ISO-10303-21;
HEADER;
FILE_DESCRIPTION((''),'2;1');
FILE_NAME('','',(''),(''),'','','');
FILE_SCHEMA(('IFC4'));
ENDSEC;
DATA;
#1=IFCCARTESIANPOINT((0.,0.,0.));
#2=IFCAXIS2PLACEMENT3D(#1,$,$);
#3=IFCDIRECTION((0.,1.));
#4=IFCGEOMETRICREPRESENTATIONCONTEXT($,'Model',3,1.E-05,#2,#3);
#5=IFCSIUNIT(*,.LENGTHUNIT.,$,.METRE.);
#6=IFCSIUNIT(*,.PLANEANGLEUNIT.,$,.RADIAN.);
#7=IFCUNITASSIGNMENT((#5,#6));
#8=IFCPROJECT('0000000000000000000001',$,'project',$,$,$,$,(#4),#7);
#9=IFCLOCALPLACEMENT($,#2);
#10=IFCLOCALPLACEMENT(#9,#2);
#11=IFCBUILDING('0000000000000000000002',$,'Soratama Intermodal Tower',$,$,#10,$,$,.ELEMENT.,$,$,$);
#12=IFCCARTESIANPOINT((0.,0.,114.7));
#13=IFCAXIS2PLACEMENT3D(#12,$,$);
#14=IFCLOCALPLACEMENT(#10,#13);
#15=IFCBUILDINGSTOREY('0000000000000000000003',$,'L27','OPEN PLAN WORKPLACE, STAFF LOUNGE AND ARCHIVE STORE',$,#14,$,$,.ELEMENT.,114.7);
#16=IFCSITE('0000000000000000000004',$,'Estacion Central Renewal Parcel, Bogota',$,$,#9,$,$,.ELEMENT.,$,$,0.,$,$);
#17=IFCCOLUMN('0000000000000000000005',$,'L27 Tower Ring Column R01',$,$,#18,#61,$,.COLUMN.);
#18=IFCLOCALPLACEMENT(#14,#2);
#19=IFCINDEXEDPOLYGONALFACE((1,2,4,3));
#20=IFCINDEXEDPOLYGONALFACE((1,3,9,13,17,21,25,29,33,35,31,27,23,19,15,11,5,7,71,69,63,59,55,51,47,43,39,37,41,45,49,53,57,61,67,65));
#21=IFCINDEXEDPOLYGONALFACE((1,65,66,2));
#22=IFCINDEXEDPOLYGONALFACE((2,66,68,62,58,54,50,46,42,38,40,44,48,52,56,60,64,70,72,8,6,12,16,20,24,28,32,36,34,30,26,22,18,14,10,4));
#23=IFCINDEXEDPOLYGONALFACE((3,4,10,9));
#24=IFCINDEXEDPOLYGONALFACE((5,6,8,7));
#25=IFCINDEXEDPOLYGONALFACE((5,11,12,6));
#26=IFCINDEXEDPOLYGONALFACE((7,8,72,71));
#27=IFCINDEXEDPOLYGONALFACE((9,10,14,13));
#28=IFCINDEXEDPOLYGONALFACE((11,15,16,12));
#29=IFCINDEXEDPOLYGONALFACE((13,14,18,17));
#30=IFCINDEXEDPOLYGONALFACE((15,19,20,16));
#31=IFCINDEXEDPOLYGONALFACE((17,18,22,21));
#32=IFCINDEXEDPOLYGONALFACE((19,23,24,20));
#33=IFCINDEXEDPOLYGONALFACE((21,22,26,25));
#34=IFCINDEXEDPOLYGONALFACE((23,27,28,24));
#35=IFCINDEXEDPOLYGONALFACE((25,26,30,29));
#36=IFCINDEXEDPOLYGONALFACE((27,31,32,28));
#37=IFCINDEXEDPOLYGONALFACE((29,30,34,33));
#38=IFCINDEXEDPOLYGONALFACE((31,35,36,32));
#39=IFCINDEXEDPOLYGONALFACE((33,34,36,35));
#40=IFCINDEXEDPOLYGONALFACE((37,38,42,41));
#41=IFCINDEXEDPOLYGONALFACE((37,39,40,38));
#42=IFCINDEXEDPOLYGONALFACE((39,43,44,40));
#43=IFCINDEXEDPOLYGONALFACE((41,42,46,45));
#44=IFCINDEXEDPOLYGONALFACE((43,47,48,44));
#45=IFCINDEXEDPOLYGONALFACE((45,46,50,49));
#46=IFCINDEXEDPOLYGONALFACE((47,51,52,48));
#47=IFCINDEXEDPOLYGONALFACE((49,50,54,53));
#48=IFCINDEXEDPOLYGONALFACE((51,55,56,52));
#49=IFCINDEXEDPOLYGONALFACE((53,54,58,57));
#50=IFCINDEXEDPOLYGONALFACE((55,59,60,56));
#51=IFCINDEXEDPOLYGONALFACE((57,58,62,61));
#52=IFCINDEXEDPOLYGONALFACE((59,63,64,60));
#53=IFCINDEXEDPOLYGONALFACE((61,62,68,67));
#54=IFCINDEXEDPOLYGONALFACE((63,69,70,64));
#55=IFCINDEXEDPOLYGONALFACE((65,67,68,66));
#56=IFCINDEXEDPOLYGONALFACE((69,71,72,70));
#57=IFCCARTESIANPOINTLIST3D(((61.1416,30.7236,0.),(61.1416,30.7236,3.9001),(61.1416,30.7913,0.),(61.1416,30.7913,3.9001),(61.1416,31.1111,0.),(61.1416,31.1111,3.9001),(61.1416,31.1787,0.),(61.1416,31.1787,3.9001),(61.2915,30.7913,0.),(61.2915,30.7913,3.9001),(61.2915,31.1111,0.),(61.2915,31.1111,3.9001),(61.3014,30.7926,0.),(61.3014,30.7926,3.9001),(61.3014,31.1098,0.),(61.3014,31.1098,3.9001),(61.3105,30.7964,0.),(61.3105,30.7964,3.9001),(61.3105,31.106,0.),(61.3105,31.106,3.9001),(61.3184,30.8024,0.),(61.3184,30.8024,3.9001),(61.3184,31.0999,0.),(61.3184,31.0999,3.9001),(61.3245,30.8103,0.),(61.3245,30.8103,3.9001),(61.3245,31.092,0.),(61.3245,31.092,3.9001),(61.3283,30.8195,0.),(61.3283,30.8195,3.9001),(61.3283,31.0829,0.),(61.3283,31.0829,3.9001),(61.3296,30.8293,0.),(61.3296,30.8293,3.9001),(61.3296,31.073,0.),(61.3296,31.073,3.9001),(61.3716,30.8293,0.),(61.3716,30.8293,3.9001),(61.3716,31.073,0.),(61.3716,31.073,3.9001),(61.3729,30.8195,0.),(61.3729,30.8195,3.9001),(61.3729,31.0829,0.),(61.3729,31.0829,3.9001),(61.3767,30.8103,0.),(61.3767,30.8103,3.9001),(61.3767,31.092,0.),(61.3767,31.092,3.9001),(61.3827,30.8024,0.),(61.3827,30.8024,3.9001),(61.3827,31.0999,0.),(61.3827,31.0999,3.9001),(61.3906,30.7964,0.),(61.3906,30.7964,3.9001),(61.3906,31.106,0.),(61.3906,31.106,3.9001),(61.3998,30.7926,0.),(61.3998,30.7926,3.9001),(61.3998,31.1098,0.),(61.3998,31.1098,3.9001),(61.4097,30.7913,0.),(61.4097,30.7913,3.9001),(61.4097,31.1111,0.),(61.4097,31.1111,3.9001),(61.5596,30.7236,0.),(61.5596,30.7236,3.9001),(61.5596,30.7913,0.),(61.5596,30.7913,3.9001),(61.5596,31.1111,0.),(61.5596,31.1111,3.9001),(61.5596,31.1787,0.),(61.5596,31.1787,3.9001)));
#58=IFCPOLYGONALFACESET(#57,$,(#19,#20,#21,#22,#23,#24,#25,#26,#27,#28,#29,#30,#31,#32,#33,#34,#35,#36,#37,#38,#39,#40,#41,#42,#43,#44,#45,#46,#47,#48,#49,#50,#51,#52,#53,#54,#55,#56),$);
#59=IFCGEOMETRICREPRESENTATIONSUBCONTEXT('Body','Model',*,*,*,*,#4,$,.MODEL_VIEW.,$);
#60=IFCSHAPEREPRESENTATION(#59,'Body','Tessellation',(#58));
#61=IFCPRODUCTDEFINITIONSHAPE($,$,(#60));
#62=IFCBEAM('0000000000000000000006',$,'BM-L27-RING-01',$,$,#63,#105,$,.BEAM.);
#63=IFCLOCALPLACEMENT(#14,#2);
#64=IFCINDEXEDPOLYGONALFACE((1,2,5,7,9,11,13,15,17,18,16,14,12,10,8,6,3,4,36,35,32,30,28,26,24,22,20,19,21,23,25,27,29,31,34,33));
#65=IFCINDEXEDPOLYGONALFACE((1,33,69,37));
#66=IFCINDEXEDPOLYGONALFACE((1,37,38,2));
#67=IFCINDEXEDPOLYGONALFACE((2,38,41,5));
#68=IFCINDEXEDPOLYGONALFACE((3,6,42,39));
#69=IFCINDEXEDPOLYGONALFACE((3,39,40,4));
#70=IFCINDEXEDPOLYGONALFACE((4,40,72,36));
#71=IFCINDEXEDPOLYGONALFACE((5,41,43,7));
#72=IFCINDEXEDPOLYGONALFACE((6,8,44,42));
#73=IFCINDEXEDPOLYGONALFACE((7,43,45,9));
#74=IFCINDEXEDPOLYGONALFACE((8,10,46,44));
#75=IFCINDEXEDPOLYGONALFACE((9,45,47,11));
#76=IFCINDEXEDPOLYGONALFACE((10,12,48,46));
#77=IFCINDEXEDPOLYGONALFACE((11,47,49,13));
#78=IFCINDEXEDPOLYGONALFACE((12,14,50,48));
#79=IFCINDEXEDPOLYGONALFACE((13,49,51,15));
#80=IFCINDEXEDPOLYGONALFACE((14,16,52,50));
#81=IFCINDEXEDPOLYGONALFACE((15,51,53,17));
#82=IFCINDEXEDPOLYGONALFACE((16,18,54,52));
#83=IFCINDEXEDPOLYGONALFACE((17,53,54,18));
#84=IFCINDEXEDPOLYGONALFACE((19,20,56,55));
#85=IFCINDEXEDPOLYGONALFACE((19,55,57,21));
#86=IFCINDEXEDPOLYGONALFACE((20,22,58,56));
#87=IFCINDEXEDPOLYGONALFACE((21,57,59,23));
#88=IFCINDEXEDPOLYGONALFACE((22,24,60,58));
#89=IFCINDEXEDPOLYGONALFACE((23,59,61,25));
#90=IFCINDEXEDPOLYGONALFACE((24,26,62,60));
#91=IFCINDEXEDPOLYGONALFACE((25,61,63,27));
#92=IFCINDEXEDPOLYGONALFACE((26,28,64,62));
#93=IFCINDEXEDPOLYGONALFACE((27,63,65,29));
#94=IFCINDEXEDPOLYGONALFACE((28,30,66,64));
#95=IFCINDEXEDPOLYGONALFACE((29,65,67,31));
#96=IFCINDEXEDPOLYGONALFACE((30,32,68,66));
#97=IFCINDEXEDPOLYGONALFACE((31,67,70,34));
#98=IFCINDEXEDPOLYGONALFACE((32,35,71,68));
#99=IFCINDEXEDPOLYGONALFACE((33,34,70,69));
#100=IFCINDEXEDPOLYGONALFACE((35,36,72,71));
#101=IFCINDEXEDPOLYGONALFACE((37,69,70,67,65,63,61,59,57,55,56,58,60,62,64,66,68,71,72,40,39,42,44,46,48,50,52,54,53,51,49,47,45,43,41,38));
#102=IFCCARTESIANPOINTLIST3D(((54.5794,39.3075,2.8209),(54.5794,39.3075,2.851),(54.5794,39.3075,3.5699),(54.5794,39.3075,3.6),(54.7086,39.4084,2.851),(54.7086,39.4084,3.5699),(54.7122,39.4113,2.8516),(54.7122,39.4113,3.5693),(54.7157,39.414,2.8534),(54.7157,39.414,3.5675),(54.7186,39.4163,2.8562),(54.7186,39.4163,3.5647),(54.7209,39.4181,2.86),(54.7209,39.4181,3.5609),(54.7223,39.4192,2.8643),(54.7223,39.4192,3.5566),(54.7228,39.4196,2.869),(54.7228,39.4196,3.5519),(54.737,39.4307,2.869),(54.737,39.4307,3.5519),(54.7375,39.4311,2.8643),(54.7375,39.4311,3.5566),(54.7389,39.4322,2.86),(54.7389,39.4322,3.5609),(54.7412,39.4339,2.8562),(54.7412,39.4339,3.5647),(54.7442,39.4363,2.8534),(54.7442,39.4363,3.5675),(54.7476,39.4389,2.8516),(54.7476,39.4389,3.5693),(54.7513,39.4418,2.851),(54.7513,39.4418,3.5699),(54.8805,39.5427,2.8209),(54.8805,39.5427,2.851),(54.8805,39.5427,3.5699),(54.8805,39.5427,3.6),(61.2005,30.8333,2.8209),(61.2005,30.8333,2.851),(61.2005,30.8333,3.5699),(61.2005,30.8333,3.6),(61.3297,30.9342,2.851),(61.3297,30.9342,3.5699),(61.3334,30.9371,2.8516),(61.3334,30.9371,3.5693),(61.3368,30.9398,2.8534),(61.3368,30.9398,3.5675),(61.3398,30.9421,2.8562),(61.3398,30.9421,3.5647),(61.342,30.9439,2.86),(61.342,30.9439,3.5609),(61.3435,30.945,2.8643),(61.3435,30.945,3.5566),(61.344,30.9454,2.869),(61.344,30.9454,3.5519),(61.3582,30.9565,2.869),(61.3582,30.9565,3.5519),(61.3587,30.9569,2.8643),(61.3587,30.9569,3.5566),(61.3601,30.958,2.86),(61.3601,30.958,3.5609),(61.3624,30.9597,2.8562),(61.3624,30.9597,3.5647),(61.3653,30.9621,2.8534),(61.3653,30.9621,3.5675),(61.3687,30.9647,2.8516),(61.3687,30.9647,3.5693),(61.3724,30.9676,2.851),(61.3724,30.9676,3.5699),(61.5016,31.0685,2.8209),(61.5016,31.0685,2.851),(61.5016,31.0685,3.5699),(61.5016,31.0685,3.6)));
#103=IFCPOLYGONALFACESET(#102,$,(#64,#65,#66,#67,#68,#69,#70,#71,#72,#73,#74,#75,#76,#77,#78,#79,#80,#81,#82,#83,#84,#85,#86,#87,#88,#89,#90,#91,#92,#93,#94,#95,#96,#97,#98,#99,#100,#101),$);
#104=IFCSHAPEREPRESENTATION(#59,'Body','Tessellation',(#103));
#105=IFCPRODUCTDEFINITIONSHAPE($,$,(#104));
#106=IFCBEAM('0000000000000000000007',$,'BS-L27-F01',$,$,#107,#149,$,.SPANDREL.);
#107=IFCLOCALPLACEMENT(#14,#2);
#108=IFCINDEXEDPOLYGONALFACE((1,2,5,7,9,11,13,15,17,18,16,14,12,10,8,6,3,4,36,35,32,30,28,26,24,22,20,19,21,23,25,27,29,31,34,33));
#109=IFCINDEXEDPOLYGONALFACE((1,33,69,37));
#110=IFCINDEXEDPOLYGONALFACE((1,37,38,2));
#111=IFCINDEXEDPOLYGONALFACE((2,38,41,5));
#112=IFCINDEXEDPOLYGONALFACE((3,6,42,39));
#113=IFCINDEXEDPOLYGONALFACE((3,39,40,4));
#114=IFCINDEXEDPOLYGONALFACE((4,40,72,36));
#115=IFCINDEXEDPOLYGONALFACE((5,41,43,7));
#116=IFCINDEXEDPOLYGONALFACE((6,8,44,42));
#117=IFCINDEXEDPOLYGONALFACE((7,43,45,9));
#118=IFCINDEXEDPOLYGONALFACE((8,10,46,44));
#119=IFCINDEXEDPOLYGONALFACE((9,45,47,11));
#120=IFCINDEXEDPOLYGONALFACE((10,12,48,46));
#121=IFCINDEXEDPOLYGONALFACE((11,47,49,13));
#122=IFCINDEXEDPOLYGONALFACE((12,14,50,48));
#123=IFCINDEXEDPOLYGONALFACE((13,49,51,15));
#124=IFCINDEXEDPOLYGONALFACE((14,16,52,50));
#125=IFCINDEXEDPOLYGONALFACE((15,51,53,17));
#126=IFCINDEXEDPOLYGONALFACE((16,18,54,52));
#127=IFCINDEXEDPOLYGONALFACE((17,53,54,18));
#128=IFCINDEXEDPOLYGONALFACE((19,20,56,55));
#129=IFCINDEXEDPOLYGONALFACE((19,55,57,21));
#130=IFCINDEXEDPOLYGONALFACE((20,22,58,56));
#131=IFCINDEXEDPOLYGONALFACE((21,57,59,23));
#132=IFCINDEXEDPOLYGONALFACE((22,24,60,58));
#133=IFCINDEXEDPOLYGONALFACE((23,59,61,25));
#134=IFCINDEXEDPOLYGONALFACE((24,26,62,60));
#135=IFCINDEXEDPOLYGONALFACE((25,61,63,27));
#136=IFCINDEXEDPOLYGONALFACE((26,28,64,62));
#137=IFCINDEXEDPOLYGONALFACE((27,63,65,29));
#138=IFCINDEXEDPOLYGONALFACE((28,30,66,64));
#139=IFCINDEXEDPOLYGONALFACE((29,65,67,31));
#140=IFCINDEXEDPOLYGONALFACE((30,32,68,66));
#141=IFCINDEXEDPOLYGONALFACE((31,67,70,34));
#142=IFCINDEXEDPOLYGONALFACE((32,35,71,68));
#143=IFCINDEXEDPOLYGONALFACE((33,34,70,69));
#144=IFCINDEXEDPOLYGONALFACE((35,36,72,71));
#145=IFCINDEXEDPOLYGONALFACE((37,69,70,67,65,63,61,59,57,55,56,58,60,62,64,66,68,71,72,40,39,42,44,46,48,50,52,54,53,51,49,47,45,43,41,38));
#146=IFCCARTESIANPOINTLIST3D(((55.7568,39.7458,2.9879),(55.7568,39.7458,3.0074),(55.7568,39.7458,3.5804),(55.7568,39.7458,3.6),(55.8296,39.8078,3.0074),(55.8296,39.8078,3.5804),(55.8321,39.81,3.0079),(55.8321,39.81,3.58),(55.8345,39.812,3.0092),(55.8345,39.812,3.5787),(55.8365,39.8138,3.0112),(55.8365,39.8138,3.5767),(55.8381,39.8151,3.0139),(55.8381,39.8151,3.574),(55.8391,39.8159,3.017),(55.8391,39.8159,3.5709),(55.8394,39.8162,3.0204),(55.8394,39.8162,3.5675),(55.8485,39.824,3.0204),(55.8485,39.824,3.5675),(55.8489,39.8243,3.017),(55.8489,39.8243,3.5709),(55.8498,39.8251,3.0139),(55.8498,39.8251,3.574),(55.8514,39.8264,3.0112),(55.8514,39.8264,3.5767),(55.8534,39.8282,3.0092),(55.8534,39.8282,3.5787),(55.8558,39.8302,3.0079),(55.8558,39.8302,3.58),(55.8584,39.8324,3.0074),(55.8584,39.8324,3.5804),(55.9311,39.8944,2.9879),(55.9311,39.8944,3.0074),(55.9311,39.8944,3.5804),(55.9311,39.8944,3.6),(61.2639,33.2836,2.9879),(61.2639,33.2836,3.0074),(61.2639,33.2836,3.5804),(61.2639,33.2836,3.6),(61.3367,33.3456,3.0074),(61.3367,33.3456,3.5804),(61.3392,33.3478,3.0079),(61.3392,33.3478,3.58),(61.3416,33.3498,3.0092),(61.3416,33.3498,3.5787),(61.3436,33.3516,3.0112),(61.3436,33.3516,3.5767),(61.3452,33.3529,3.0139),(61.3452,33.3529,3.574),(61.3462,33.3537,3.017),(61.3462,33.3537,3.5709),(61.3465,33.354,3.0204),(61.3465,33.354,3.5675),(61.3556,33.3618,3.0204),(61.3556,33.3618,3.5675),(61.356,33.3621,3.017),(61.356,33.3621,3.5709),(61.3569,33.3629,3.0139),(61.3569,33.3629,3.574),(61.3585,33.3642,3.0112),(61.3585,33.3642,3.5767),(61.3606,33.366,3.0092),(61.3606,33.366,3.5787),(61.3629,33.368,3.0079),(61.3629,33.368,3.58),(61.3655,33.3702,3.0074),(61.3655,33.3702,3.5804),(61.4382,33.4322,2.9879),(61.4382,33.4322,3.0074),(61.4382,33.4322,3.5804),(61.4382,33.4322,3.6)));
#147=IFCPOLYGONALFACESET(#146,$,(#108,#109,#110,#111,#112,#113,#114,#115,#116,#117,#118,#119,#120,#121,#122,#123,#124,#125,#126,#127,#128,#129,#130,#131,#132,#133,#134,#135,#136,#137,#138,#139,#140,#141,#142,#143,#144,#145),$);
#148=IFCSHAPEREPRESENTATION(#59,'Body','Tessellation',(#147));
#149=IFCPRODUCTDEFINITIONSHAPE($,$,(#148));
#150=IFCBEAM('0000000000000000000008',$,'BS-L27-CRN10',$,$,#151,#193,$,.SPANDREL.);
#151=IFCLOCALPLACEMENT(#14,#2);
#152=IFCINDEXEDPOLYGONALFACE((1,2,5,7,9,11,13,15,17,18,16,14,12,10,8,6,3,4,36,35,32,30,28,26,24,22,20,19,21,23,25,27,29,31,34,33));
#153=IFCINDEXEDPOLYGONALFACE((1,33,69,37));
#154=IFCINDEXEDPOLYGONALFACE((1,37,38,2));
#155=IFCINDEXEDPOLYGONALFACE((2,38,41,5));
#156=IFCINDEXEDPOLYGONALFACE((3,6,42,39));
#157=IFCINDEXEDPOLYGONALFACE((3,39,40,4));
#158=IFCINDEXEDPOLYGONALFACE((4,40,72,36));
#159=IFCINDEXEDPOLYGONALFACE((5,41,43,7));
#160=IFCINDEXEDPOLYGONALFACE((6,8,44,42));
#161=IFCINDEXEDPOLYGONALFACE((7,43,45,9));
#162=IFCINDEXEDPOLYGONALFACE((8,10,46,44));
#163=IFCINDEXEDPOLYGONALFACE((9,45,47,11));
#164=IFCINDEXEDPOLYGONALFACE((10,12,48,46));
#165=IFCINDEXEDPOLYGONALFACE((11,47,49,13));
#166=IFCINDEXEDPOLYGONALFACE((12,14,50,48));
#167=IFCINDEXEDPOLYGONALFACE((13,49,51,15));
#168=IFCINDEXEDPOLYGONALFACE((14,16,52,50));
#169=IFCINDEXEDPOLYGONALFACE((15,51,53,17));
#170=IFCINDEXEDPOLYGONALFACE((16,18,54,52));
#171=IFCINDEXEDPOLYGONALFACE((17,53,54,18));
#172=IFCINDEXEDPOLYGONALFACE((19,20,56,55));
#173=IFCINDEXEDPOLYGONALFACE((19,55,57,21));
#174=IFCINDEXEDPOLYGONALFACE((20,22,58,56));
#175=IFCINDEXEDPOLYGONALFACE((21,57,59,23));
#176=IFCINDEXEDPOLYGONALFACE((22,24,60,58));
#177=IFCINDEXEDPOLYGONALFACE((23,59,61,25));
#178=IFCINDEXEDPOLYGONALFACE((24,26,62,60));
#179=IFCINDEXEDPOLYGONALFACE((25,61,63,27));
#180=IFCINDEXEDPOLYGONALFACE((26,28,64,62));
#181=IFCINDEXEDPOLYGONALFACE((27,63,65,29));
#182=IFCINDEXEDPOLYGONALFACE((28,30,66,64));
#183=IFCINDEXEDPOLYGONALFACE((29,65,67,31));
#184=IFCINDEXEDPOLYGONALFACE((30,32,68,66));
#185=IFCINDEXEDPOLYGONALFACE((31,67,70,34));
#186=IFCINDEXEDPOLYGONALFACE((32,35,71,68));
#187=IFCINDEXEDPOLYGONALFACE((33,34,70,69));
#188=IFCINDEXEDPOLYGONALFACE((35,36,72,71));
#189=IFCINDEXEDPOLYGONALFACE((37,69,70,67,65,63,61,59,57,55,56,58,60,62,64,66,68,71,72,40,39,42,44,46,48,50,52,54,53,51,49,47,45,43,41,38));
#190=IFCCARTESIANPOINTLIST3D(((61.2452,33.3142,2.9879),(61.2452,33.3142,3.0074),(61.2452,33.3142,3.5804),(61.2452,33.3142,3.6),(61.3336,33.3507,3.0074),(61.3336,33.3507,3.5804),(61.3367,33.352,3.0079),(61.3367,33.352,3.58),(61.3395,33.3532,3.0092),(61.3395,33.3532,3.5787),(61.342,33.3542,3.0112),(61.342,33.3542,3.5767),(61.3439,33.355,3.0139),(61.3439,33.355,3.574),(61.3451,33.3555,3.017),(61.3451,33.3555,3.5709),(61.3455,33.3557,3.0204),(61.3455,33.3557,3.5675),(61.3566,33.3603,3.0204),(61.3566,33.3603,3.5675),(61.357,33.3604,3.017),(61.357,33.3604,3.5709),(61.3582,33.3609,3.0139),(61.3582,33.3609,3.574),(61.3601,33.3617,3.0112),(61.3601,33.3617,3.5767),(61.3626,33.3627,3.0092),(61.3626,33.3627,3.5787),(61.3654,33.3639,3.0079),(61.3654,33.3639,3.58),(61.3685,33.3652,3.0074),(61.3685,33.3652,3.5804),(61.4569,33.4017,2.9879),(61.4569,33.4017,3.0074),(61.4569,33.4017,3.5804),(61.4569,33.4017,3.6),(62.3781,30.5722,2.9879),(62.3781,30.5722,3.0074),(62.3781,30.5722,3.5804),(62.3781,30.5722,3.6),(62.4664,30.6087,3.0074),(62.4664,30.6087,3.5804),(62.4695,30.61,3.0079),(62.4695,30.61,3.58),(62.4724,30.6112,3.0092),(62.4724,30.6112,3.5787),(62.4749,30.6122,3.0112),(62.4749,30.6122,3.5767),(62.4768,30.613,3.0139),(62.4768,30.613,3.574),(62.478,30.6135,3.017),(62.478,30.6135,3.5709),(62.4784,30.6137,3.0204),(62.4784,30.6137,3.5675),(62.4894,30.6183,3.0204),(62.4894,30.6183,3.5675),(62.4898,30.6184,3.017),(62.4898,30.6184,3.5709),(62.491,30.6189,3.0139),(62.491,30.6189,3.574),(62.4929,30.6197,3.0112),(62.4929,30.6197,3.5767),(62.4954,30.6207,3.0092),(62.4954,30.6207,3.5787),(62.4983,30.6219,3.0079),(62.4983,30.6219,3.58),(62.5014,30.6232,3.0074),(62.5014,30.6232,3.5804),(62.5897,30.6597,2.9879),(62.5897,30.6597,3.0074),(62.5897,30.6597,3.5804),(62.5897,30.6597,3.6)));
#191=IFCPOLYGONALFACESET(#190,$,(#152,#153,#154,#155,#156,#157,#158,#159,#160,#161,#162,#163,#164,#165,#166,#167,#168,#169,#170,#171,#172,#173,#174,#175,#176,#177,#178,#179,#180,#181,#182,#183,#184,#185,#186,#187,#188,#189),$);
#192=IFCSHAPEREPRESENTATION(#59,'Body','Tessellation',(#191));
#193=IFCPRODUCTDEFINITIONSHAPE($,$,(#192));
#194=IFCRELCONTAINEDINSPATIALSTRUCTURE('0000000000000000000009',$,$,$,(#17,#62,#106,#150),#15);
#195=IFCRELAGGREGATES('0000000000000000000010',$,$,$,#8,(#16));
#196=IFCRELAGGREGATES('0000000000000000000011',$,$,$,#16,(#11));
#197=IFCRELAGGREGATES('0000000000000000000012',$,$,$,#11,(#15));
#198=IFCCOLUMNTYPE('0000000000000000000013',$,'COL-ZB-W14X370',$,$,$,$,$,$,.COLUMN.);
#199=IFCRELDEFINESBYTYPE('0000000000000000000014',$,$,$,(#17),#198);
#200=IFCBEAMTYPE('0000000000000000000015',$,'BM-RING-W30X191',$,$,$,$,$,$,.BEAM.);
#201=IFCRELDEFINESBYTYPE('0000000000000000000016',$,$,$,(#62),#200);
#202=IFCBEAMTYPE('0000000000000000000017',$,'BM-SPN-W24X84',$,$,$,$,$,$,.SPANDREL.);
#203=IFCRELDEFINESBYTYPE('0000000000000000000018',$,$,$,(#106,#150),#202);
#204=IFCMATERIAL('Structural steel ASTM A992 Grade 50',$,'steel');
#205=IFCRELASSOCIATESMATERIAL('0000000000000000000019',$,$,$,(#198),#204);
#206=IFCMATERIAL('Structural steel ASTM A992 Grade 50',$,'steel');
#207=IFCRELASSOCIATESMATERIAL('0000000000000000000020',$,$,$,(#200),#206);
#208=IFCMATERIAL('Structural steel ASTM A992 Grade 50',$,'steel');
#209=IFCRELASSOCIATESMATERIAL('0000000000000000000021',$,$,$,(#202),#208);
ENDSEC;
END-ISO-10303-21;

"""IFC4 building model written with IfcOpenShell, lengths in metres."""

from ifc_helpers import new_model, si_unit, direction, frame, origin, origin_2d, place, context, subcontext, project, spatial, i_section, extrude, material, material_profile, profile_set, type_object, element, save


model = new_model("IFC4")

# Units and contexts
model_context = context("Model", 3, precision=1e-05, world=origin(), true_north=direction((0.0, 1.0)))
body_context = subcontext(model_context, "Body", "Model", "MODEL_VIEW")
ifc_project = project(units=[si_unit("LENGTHUNIT", "METRE"), si_unit("PLANEANGLEUNIT", "RADIAN")], contexts=[model_context])

# Site, building, storey
site_placement = place(None, origin())
site = spatial("IfcSite", under=ifc_project, at=site_placement, Name="Estacion Central Renewal Parcel, Bogota", CompositionType="ELEMENT", RefElevation=0.0)
building_placement = place(site_placement, origin())
building = spatial("IfcBuilding", under=site, at=building_placement, Name="Soratama Intermodal Tower", CompositionType="ELEMENT")
storey_placement = place(building_placement, frame((0.0, 0.0, 114.7)))
storey = spatial("IfcBuildingStorey", under=building, at=storey_placement, Name="L27", Description="OPEN PLAN WORKPLACE, STAFF LOUNGE AND ARCHIVE STORE", CompositionType="ELEMENT", Elevation=114.7)

# Column
ifc_material_1 = material(Name="Structural steel ASTM A992 Grade 50", Category="steel")
ifc_material_profile_1 = material_profile(ifc_material_1, i_section(OverallWidth=0.418, OverallDepth=0.4551, WebThickness=0.042, FlangeThickness=0.0676, FilletRadius=0.0381, at=origin_2d()), Name="W14X370")
ifc_profile_set_1 = profile_set([ifc_material_profile_1], Name="Structural steel ASTM A992 Grade 50")
column_type = type_object("IfcColumnType", Name="COL-ZB-W14X370", PredefinedType="COLUMN", material=ifc_profile_set_1)
column_placement = place(storey_placement, frame((61.3506, 30.9512, 0.0), z_axis=(0.0, 0.0, 1.0), x_axis=(1.0, 0.0, 0.0)))
element("IfcColumn", 1, at=column_placement, inside=storey, type_object=column_type, Name="L27 Tower Ring Column R01", PredefinedType="COLUMN", context=body_context, shape_type="SweptSolid", body=[
    extrude(i_section(OverallWidth=0.418, OverallDepth=0.4551, WebThickness=0.042, FlangeThickness=0.0676, FilletRadius=0.0381, at=origin_2d()), origin(), (0.0, 0.0, 1.0), 3.9001),
])

# Beams
ifc_material_2 = material(Name="Structural steel ASTM A992 Grade 50", Category="steel")
ifc_material_profile_2 = material_profile(ifc_material_2, i_section(OverallWidth=0.3821, OverallDepth=0.7791, WebThickness=0.0181, FlangeThickness=0.03, FilletRadius=0.0181, at=origin_2d()), Name="W30X191")
ifc_profile_set_2 = profile_set([ifc_material_profile_2], Name="Structural steel ASTM A992 Grade 50")
beam_type_1 = type_object("IfcBeamType", Name="BM-RING-W30X191", PredefinedType="BEAM", material=ifc_profile_set_2)
beam_1_placement = place(storey_placement, frame((61.3511, 30.9509, 3.2104), z_axis=(-0.615684, 0.787993, 0.0), x_axis=(-0.787993, -0.615684, 0.0)))
element("IfcBeam", 2, at=beam_1_placement, inside=storey, type_object=beam_type_1, Name="BM-L27-RING-01", PredefinedType="BEAM", context=body_context, shape_type="SweptSolid", body=[
    extrude(i_section(OverallWidth=0.3821, OverallDepth=0.7791, WebThickness=0.0181, FlangeThickness=0.03, FilletRadius=0.0181, at=origin_2d()), origin(), (0.0, 0.0, 1.0), 10.7542),
])
ifc_material_3 = material(Name="Structural steel ASTM A992 Grade 50", Category="steel")
ifc_material_profile_3 = material_profile(ifc_material_3, i_section(OverallWidth=0.229, OverallDepth=0.6121, WebThickness=0.012, FlangeThickness=0.0195, FilletRadius=0.0129, at=origin_2d()), Name="W24X84")
ifc_profile_set_3 = profile_set([ifc_material_profile_3], Name="Structural steel ASTM A992 Grade 50")
beam_type_2 = type_object("IfcBeamType", Name="BM-SPN-W24X84", PredefinedType="SPANDREL", material=ifc_profile_set_3)
beam_2_placement = place(storey_placement, frame((61.3511, 33.3579, 3.2939), z_axis=(-0.648622, 0.761111, 0.0), x_axis=(-0.761111, -0.648622, 0.0)))
element("IfcBeam", 3, at=beam_2_placement, inside=storey, type_object=beam_type_2, Name="BS-L27-F01", PredefinedType="SPANDREL", context=body_context, shape_type="SweptSolid", body=[
    extrude(i_section(OverallWidth=0.229, OverallDepth=0.6121, WebThickness=0.012, FlangeThickness=0.0195, FilletRadius=0.0129, at=origin_2d()), origin(), (0.0, 0.0, 1.0), 8.4905),
])
beam_3_placement = place(storey_placement, frame((62.4839, 30.616, 3.2939), z_axis=(-0.381838, 0.924229, 0.0), x_axis=(-0.924229, -0.381838, 0.0)))
element("IfcBeam", 4, at=beam_3_placement, inside=storey, type_object=beam_type_2, Name="BS-L27-CRN10", PredefinedType="SPANDREL", context=body_context, shape_type="SweptSolid", body=[
    extrude(i_section(OverallWidth=0.229, OverallDepth=0.6121, WebThickness=0.012, FlangeThickness=0.0195, FilletRadius=0.0129, at=origin_2d()), origin(), (0.0, 0.0, 1.0), 2.9668),
])

save(model, "model.ifc")
